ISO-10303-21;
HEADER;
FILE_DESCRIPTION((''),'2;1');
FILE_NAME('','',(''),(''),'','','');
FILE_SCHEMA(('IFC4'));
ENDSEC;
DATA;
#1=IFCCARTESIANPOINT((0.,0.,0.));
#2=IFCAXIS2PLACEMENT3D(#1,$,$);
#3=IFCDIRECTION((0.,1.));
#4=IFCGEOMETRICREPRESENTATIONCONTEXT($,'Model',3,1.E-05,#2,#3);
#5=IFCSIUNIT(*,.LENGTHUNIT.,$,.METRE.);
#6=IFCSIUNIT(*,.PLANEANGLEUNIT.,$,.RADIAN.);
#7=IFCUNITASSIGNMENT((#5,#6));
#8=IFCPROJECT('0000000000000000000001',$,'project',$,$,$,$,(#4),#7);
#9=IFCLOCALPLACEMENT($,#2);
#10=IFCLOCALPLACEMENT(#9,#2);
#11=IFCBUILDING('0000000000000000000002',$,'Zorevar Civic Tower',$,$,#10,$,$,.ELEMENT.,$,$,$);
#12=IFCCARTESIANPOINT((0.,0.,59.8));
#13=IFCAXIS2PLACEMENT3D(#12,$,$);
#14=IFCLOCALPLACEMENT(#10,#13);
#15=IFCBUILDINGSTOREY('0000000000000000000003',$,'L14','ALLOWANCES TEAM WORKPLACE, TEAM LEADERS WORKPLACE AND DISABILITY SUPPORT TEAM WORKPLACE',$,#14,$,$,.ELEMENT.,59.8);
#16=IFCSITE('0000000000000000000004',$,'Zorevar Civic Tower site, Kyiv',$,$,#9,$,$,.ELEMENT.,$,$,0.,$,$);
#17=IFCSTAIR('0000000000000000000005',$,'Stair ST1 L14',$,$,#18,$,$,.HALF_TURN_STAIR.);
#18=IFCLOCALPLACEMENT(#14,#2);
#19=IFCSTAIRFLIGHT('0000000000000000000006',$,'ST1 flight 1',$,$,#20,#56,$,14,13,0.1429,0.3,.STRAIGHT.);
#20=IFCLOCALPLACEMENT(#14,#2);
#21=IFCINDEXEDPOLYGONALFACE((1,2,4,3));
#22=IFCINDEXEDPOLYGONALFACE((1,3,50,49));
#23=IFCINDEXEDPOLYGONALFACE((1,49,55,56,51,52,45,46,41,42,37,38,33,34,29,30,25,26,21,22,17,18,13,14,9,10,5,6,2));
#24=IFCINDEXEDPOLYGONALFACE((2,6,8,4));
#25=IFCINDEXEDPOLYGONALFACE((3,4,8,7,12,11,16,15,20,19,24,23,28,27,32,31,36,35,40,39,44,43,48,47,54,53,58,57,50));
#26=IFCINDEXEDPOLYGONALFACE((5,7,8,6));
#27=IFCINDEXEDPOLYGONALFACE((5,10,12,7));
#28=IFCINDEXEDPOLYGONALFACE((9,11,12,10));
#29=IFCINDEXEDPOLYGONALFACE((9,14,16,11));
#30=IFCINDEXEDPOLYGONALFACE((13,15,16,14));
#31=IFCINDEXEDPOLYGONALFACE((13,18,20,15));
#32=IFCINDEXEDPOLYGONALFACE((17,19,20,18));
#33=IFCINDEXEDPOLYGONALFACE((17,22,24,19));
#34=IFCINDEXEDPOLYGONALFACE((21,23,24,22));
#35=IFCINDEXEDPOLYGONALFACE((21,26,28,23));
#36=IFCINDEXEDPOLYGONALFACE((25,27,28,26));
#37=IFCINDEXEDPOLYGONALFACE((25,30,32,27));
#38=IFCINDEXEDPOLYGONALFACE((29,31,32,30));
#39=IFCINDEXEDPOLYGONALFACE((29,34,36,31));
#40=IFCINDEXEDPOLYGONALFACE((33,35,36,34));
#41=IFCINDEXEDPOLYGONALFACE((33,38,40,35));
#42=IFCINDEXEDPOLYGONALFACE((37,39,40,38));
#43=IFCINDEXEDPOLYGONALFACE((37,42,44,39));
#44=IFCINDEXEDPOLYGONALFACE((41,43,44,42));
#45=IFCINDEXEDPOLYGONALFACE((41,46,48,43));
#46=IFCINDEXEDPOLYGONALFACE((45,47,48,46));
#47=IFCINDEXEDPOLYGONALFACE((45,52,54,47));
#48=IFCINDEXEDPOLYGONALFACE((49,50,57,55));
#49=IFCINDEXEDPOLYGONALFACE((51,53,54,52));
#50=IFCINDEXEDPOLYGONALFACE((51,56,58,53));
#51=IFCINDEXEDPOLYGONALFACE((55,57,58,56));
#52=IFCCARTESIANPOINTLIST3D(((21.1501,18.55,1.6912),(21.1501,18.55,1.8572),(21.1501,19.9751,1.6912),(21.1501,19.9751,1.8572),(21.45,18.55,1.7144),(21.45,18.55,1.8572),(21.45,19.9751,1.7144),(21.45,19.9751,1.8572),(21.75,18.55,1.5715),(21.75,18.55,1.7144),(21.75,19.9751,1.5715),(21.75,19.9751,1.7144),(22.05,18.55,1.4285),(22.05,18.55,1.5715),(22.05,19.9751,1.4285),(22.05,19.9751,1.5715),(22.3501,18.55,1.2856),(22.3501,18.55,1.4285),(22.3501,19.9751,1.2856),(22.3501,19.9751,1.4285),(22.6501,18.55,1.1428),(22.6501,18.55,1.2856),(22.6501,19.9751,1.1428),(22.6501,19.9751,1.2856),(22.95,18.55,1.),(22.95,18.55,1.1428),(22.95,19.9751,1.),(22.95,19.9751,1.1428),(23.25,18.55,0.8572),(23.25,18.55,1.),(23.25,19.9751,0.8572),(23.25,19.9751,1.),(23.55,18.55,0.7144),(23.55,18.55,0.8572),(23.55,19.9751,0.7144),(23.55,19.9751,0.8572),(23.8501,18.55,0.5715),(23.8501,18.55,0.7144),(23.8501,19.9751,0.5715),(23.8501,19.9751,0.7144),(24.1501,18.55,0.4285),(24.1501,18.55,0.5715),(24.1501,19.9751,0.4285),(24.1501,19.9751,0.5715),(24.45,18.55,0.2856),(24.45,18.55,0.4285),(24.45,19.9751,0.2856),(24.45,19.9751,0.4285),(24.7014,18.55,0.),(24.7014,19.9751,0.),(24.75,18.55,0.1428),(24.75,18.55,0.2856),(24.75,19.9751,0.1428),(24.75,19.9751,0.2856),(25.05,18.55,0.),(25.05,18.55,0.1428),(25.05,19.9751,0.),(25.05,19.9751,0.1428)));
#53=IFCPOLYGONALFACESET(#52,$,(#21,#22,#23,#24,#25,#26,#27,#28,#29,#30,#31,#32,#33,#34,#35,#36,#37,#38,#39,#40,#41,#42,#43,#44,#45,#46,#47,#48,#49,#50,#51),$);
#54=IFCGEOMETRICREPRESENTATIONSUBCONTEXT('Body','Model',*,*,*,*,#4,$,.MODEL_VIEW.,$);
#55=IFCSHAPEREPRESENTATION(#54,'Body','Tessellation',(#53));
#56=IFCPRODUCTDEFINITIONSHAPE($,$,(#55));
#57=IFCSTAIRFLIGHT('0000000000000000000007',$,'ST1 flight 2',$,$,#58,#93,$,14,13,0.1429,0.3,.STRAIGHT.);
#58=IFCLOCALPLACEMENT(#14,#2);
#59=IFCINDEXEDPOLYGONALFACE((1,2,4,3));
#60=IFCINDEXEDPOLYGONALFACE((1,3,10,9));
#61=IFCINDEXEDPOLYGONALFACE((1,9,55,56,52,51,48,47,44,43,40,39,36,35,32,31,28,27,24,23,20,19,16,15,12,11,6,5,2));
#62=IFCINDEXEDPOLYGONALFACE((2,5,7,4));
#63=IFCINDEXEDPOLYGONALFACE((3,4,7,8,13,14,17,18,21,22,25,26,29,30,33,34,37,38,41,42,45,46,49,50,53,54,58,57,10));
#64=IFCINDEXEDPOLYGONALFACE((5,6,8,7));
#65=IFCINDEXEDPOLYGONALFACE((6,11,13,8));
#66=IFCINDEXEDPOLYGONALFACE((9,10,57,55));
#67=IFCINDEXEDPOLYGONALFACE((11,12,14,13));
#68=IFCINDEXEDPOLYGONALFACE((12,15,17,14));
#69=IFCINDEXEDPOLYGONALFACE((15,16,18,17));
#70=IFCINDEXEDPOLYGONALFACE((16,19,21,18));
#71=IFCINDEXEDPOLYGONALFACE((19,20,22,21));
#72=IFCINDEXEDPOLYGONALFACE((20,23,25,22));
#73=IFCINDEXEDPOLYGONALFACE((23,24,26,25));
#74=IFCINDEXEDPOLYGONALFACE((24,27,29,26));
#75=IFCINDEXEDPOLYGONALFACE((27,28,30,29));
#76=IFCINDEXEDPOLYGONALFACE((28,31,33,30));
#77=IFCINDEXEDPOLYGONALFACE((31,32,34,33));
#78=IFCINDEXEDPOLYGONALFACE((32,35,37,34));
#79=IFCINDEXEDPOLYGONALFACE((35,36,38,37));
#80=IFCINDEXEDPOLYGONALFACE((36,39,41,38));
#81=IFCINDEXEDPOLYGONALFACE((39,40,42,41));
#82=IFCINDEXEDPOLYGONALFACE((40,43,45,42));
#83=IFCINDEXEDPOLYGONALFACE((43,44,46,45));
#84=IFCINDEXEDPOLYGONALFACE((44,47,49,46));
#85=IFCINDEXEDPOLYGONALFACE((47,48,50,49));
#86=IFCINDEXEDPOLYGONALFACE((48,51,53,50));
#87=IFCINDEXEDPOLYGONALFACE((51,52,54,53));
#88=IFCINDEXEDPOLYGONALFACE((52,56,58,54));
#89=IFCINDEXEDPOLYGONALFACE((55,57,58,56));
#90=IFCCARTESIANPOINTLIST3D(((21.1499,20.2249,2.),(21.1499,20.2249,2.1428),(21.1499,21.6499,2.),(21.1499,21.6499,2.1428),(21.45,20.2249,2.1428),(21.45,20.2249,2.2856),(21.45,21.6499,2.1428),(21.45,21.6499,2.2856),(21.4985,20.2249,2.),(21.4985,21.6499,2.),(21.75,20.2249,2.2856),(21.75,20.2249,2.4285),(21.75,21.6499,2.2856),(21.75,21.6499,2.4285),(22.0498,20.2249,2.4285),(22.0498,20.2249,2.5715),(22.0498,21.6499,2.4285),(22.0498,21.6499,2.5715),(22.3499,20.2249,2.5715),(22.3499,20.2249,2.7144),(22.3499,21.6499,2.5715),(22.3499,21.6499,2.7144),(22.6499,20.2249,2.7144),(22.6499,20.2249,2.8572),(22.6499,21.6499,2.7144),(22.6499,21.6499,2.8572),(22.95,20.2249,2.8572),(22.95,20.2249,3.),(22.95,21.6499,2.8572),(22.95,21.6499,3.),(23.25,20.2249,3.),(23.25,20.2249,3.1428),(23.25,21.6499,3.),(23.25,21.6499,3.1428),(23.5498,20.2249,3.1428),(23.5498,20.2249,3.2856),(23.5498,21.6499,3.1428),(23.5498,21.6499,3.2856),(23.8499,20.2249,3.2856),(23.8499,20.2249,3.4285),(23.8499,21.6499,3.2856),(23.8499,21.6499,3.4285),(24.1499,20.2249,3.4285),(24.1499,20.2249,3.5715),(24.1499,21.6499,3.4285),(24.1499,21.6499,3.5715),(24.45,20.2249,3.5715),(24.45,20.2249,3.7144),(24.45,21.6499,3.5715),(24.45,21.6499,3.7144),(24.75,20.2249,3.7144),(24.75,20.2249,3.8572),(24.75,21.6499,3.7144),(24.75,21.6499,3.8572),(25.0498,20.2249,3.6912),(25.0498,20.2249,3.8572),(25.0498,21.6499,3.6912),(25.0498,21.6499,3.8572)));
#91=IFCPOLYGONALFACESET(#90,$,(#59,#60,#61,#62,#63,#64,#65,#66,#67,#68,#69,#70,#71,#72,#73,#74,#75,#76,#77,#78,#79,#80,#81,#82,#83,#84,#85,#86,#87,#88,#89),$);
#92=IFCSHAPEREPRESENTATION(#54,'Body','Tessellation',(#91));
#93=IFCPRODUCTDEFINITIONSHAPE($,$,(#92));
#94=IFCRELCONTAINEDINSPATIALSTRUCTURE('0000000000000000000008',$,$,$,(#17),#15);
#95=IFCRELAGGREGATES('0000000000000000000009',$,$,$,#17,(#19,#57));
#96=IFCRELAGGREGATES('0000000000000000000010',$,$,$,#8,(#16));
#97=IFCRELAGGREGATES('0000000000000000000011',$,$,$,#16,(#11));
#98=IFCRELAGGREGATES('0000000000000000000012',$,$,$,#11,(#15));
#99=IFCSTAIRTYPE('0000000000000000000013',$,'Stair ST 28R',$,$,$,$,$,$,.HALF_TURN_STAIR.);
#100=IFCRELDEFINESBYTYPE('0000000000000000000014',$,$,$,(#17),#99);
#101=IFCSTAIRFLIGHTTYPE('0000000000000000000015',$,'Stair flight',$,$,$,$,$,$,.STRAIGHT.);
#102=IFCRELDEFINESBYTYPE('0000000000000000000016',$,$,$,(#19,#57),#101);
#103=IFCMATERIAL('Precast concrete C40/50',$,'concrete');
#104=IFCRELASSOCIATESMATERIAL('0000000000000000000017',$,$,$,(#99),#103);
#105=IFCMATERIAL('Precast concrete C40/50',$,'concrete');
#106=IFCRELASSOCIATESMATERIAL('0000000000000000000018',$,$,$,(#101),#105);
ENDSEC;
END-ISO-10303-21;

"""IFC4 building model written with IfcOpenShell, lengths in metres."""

from ifc_helpers import new_model, si_unit, direction, frame, origin, place, context, subcontext, project, spatial, polyline, outline, extrude, material, type_object, element, aggregate, save


model = new_model("IFC4")

# Units and contexts
model_context = context("Model", 3, precision=1e-05, world=origin(), true_north=direction((0.0, 1.0)))
body_context = subcontext(model_context, "Body", "Model", "MODEL_VIEW")
ifc_project = project(units=[si_unit("LENGTHUNIT", "METRE"), si_unit("PLANEANGLEUNIT", "RADIAN")], contexts=[model_context])

# Site, building, storey
site_placement = place(None, origin())
site = spatial("IfcSite", under=ifc_project, at=site_placement, Name="Zorevar Civic Tower site, Kyiv", CompositionType="ELEMENT", RefElevation=0.0)
building_placement = place(site_placement, origin())
building = spatial("IfcBuilding", under=site, at=building_placement, Name="Zorevar Civic Tower", CompositionType="ELEMENT")
storey_placement = place(building_placement, frame((0.0, 0.0, 59.8)))
storey = spatial("IfcBuildingStorey", under=building, at=storey_placement, Name="L14", Description="ALLOWANCES TEAM WORKPLACE, TEAM LEADERS WORKPLACE AND DISABILITY SUPPORT TEAM WORKPLACE", CompositionType="ELEMENT", Elevation=59.8)

# Stair, stair flights
ifc_material_1 = material(Name="Precast concrete C40/50", Category="concrete")
stair_type = type_object("IfcStairType", Name="Stair ST 28R", PredefinedType="HALF_TURN_STAIR", material=ifc_material_1)
stair_placement = place(storey_placement, origin())
stair = element("IfcStair", 1, at=stair_placement, inside=storey, type_object=stair_type, Name="Stair ST1 L14", PredefinedType="HALF_TURN_STAIR")
ifc_material_2 = material(Name="Precast concrete C40/50", Category="concrete")
stair_flight_type = type_object("IfcStairFlightType", Name="Stair flight", PredefinedType="STRAIGHT", material=ifc_material_2)
stair_flight_1_placement = place(storey_placement, frame((25.05, 19.2625, 0.0), z_axis=(0.0, 0.0, 1.0), x_axis=(-1.0, 0.0, 0.0)))
stair_flight_1 = element("IfcStairFlight", 2, at=stair_flight_1_placement, type_object=stair_flight_type, Name="ST1 flight 1", NumberOfRisers=14, NumberOfTreads=13, PredefinedType="STRAIGHT", RiserHeight=0.1429, TreadLength=0.3, context=body_context, shape_type="SweptSolid", body=[
    extrude(outline(polyline([(0.0, 0.0), (0.0, 0.1428), (0.3, 0.1428), (0.3, 0.2856), (0.6001, 0.2856), (0.6001, 0.4285), (0.8999, 0.4285), (0.8999, 0.5715), (1.2, 0.5715), (1.2, 0.7144), (1.5, 0.7144), (1.5, 0.8572), (1.8, 0.8572), (1.8, 1.0), (2.1001, 1.0), (2.1001, 1.1428), (2.3999, 1.1428), (2.3999, 1.2856), (2.7, 1.2856), (2.7, 1.4285), (3.0, 1.4285), (3.0, 1.5715), (3.3, 1.5715), (3.3, 1.7144), (3.6001, 1.7144), (3.6001, 1.8572), (3.8999, 1.8572), (3.8999, 2.0), (3.8999, 1.6912), (0.3486, 0.0), (0.0, 0.0)])), frame((0.0, 0.7124, 0.0), z_axis=(0.0, -1.0, 0.0), x_axis=(1.0, 0.0, 0.0)), (0.0, 0.0, 1.0), 1.425),
])
stair_flight_2_placement = place(storey_placement, frame((21.1499, 20.9375, 2.0), z_axis=(0.0, 0.0, 1.0), x_axis=(1.0, 0.0, 0.0)))
stair_flight_2 = element("IfcStairFlight", 3, at=stair_flight_2_placement, type_object=stair_flight_type, Name="ST1 flight 2", NumberOfRisers=14, NumberOfTreads=13, PredefinedType="STRAIGHT", RiserHeight=0.1429, TreadLength=0.3, context=body_context, shape_type="SweptSolid", body=[
    extrude(outline(polyline([(0.0, 0.0), (0.0, 0.1428), (0.3, 0.1428), (0.3, 0.2856), (0.6001, 0.2856), (0.6001, 0.4285), (0.8999, 0.4285), (0.8999, 0.5715), (1.2, 0.5715), (1.2, 0.7144), (1.5, 0.7144), (1.5, 0.8572), (1.8, 0.8572), (1.8, 1.0), (2.1001, 1.0), (2.1001, 1.1428), (2.3999, 1.1428), (2.3999, 1.2856), (2.7, 1.2856), (2.7, 1.4285), (3.0, 1.4285), (3.0, 1.5715), (3.3, 1.5715), (3.3, 1.7144), (3.6001, 1.7144), (3.6001, 1.8572), (3.8999, 1.8572), (3.8999, 2.0), (3.8999, 1.6912), (0.3486, 0.0), (0.0, 0.0)])), frame((0.0, 0.7124, 0.0), z_axis=(0.0, -1.0, 0.0), x_axis=(1.0, 0.0, 0.0)), (0.0, 0.0, 1.0), 1.425),
])
aggregate(stair, [stair_flight_1, stair_flight_2])

save(model, "model.ifc")
